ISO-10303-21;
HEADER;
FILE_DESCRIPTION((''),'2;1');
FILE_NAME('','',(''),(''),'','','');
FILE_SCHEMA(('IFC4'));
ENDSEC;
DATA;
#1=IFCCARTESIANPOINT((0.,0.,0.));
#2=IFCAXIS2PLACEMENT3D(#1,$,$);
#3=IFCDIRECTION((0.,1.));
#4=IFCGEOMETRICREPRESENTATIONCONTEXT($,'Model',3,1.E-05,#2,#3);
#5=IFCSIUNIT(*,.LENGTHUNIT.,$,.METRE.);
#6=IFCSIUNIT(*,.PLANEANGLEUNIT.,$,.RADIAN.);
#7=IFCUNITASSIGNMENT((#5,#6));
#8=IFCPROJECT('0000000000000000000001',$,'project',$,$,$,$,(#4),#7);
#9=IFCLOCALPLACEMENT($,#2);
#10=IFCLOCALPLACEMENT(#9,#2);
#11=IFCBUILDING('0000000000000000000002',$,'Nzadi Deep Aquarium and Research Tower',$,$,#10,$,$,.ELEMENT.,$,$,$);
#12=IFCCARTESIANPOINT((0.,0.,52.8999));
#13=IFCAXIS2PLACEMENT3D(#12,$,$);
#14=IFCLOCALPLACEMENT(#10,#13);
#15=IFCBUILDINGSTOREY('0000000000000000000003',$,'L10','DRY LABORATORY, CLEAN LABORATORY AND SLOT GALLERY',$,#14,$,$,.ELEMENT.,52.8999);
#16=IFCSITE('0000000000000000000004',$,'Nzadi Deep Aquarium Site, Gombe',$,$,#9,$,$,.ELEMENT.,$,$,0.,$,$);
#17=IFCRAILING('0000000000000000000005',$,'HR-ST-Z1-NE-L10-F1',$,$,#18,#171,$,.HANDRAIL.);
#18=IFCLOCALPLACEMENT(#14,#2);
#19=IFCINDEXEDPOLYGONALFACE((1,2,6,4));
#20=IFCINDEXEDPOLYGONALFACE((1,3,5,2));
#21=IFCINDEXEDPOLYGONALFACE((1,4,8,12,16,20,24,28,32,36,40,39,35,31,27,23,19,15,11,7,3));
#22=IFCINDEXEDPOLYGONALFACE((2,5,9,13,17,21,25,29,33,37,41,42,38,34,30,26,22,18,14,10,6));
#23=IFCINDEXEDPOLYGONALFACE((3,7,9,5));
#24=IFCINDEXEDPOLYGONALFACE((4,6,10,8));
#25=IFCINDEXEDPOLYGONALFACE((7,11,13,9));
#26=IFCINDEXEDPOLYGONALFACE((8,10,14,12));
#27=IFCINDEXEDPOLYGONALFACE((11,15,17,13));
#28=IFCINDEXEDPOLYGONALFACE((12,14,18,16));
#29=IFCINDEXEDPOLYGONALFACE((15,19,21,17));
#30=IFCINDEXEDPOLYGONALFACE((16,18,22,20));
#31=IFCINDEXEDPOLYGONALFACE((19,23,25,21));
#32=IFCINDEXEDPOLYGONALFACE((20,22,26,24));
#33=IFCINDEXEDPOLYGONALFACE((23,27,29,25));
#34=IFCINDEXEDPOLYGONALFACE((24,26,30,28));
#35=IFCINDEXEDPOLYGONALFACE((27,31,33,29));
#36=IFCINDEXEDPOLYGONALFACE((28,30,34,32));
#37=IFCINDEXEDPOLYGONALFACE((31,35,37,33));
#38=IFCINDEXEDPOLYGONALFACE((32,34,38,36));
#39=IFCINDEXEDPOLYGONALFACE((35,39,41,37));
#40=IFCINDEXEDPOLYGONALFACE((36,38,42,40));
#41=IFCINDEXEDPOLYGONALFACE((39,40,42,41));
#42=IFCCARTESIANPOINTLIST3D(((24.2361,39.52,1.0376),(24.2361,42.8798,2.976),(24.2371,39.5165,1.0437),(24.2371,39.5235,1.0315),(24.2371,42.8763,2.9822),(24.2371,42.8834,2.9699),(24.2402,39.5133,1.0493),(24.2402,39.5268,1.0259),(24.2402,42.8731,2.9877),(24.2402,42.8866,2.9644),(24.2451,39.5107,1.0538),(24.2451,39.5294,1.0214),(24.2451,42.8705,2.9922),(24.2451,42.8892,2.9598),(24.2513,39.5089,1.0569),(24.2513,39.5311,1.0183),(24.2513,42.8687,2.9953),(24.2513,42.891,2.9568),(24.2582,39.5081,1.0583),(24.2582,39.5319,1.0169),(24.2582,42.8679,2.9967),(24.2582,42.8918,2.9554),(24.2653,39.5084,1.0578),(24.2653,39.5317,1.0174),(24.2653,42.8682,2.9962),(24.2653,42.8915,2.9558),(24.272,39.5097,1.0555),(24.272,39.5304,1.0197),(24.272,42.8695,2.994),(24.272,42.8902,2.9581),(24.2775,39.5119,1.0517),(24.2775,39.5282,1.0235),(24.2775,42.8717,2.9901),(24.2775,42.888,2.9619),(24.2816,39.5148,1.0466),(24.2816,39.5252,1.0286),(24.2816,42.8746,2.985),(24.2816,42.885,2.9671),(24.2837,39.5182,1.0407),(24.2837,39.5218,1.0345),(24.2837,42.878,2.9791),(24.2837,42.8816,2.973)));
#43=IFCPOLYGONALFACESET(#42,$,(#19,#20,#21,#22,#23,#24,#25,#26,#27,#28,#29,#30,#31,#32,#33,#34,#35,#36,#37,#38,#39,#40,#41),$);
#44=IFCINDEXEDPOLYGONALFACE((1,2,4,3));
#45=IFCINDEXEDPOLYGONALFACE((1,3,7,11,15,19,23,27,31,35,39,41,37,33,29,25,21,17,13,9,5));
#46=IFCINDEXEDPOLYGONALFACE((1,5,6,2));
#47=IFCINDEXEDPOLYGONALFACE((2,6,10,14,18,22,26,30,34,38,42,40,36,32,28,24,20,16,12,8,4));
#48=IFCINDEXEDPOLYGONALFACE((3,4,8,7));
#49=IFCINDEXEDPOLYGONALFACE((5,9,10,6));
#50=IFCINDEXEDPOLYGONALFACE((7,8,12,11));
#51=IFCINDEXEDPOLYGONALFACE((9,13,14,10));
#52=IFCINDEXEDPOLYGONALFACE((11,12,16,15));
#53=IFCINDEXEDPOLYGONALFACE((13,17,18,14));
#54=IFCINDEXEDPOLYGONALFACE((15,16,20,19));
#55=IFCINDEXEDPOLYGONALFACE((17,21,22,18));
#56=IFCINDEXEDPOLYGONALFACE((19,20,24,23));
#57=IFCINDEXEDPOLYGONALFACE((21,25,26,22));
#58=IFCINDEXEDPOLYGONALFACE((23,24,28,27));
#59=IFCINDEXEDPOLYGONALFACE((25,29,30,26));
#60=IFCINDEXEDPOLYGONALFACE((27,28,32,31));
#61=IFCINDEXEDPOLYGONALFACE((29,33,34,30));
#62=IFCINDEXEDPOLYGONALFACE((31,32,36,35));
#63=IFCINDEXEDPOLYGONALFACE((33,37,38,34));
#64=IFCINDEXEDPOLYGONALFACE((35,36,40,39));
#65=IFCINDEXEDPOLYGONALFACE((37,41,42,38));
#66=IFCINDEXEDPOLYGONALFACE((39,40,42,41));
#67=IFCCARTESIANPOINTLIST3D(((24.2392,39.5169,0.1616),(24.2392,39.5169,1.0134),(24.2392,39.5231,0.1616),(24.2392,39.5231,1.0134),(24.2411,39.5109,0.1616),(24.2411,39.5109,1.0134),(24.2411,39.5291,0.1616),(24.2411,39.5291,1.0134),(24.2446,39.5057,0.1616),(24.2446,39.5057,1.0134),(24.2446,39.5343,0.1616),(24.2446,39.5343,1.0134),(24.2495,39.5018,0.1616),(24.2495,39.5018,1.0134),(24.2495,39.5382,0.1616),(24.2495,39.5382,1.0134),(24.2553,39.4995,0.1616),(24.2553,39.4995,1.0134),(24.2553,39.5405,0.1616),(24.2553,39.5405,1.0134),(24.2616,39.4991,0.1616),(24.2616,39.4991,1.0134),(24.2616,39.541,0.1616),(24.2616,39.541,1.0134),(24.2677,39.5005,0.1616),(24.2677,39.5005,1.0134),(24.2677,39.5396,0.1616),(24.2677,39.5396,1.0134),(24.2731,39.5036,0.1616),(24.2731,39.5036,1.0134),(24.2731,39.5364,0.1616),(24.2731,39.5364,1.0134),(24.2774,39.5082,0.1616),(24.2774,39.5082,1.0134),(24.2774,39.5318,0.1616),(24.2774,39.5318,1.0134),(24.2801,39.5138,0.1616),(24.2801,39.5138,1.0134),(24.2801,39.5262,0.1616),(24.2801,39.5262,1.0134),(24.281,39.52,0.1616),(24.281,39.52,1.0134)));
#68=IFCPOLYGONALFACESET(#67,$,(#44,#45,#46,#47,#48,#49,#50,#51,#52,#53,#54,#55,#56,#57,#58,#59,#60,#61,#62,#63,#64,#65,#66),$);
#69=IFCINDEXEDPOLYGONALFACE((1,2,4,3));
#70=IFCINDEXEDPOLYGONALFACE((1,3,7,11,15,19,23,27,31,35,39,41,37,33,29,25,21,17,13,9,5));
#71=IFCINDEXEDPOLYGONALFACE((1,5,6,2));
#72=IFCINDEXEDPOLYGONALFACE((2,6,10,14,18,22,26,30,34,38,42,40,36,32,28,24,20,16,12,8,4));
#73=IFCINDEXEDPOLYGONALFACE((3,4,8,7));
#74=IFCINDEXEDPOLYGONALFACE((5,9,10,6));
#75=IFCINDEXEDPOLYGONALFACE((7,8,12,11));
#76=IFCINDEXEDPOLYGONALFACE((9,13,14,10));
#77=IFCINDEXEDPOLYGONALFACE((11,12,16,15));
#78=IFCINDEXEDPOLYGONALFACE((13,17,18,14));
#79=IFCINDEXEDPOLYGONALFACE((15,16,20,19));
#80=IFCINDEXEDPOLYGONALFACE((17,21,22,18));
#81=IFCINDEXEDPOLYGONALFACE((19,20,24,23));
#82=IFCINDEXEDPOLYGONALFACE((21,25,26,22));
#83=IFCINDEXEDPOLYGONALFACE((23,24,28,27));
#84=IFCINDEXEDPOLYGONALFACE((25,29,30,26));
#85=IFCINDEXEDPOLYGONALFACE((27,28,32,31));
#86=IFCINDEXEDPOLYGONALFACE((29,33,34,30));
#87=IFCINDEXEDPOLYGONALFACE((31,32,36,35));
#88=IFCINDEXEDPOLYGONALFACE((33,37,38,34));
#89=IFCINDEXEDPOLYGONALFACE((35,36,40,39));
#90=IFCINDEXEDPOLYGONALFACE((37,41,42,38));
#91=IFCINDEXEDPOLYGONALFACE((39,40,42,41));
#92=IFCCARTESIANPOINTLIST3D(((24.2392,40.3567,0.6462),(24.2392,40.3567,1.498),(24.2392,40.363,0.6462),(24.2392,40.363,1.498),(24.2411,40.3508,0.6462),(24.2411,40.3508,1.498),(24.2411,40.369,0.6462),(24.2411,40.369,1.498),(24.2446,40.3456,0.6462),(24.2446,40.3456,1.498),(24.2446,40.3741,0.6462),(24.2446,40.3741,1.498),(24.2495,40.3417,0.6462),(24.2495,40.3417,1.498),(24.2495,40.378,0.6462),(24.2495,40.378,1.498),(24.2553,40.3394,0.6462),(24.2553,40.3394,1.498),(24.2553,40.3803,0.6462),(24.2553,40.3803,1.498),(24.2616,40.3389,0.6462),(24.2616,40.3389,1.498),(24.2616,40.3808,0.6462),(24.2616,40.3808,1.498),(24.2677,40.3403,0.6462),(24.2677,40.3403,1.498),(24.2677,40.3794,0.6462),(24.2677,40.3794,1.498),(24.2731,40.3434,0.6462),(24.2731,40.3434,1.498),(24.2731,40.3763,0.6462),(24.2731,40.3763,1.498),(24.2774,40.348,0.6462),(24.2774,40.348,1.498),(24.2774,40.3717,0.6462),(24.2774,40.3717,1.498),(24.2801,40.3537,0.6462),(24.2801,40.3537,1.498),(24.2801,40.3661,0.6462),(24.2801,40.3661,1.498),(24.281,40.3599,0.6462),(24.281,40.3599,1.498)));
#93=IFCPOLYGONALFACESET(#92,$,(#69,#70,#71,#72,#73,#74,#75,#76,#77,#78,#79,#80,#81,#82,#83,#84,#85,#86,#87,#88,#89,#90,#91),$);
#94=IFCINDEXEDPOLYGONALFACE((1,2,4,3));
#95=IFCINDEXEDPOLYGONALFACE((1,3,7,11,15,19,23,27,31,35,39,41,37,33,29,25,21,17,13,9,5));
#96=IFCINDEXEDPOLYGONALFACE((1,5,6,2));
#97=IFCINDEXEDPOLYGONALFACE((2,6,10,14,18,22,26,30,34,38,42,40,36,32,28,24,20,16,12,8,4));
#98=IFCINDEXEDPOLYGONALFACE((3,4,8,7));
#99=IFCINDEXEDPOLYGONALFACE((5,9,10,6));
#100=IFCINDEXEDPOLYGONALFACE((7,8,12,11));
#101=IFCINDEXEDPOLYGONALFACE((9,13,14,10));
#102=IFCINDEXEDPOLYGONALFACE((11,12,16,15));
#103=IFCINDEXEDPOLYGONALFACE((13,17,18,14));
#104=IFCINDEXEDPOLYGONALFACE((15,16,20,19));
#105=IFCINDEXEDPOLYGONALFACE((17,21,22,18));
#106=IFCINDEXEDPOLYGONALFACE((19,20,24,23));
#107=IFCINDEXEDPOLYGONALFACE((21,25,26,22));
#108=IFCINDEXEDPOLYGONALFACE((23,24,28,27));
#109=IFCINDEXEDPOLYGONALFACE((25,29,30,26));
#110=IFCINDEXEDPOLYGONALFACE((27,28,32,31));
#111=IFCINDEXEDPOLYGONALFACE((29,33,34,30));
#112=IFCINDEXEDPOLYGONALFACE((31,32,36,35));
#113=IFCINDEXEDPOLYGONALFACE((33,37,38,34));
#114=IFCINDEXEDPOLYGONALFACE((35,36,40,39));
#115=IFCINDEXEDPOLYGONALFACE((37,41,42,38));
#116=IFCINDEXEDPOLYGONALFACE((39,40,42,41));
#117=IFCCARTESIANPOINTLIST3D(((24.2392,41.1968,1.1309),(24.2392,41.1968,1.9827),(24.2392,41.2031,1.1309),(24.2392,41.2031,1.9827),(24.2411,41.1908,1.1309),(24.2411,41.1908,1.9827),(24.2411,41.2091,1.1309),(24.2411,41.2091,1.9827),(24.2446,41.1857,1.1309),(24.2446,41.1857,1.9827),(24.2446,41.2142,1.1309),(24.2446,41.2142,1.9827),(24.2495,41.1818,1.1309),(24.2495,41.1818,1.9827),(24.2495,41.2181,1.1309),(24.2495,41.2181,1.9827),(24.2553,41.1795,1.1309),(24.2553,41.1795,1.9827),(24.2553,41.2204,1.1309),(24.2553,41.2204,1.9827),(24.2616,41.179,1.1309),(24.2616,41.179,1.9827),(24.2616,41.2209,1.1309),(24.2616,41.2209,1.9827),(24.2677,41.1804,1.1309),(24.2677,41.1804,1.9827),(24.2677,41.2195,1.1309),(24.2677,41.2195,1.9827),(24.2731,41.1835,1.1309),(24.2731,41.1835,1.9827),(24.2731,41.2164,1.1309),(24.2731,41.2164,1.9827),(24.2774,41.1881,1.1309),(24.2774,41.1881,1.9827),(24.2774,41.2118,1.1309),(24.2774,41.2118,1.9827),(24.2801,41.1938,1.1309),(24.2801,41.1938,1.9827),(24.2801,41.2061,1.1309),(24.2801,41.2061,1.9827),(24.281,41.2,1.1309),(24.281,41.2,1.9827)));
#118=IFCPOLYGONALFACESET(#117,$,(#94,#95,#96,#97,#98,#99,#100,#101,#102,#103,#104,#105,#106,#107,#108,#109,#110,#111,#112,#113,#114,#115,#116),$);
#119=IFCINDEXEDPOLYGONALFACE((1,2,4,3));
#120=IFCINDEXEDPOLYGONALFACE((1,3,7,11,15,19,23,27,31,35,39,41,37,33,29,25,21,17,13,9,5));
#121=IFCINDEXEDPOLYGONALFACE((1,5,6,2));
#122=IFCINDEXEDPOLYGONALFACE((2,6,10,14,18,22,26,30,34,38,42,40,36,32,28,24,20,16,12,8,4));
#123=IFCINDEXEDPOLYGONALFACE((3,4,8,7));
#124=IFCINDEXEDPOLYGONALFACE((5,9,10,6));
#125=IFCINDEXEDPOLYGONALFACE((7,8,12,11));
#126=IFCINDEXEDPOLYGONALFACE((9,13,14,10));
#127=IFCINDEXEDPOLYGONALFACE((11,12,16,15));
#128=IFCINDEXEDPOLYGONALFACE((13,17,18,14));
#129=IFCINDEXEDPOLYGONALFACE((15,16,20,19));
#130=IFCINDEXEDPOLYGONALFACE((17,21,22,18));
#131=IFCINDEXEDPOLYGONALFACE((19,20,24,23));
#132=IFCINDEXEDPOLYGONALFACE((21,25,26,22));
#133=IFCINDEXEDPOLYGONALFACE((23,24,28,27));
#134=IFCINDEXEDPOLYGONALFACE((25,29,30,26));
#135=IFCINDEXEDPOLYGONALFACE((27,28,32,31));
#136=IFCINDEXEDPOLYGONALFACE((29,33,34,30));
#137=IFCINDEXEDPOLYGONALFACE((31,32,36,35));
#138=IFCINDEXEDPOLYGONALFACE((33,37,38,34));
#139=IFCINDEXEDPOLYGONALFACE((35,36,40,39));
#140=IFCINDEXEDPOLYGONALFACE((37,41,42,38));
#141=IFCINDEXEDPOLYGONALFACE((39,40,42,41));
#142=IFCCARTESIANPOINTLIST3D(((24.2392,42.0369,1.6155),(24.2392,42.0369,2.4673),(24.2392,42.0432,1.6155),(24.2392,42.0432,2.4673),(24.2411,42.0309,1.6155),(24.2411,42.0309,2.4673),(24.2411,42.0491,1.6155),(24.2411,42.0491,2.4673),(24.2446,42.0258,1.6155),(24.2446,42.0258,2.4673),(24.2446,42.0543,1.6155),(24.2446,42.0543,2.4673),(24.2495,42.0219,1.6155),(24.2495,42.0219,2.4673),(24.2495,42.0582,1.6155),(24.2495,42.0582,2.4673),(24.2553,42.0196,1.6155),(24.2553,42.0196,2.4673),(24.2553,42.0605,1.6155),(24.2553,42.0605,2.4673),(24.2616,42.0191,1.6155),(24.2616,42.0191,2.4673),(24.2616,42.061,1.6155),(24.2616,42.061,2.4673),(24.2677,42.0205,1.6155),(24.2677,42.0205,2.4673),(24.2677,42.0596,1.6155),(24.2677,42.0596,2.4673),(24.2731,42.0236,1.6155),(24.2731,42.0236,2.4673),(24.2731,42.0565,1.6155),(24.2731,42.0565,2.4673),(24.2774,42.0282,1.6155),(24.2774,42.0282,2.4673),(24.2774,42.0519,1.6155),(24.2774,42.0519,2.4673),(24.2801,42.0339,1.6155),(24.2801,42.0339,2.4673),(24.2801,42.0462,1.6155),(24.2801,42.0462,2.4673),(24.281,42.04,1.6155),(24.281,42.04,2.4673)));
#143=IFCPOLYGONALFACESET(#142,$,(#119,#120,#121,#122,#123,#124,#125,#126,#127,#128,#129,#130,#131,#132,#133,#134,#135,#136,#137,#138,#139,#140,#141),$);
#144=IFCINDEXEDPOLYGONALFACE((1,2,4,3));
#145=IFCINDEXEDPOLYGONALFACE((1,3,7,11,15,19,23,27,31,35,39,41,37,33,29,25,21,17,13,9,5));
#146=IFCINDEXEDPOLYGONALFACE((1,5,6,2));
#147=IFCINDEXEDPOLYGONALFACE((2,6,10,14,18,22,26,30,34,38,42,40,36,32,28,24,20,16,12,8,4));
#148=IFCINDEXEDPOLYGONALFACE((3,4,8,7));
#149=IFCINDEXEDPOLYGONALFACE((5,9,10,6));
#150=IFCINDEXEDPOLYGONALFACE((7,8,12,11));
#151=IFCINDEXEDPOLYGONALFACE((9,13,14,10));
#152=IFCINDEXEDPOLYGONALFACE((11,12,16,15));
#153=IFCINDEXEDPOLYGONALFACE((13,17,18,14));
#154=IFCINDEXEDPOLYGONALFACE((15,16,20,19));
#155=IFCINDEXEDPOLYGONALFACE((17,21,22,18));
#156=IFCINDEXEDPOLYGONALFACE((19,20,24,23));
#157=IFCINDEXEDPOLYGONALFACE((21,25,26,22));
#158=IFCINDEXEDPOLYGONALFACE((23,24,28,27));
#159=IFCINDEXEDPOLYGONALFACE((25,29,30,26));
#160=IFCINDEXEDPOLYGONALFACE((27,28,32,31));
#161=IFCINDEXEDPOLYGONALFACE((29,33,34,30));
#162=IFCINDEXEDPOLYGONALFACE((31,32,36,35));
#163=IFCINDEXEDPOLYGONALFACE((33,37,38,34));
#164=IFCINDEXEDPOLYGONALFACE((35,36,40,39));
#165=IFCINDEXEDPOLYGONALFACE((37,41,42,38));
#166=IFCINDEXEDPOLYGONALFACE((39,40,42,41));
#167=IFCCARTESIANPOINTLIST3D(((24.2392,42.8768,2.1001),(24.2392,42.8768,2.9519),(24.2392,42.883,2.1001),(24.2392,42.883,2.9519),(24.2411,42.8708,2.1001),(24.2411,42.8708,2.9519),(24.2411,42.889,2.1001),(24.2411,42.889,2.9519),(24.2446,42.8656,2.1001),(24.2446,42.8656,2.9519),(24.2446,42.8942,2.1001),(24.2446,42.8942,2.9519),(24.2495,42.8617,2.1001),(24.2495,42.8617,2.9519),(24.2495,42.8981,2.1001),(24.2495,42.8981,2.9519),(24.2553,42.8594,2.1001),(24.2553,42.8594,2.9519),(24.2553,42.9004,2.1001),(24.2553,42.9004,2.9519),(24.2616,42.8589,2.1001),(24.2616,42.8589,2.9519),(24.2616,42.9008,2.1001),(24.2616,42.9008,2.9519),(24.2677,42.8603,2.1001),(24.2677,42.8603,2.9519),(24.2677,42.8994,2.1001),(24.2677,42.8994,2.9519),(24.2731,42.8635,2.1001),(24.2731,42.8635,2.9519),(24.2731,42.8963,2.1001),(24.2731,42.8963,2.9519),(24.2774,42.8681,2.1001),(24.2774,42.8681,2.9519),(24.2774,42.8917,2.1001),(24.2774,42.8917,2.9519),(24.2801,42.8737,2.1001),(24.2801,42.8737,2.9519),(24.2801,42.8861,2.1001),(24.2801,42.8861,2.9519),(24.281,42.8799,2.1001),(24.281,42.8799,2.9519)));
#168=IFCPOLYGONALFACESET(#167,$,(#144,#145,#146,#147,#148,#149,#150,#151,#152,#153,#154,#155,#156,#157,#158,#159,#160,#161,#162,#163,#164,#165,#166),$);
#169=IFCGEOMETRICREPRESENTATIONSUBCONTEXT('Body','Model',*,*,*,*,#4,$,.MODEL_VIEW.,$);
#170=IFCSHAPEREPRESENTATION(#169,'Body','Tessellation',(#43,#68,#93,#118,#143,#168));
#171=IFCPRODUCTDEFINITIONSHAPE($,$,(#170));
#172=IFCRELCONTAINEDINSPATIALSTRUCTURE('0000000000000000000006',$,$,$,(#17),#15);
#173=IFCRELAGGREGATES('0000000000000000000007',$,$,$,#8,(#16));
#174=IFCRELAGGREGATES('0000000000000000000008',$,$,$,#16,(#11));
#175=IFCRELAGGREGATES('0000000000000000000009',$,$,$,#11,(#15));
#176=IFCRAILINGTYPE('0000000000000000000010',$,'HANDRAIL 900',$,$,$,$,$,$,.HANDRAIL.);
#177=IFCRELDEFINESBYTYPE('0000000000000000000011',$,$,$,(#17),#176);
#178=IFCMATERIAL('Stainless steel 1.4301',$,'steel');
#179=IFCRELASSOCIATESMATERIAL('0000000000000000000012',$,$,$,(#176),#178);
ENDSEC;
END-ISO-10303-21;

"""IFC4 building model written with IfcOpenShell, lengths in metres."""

from ifc_helpers import new_model, si_unit, direction, frame, origin, origin_2d, place, context, subcontext, project, spatial, circle, extrude, material, type_object, element, save


model = new_model("IFC4")

# Units and contexts
model_context = context("Model", 3, precision=1e-05, world=origin(), true_north=direction((0.0, 1.0)))
body_context = subcontext(model_context, "Body", "Model", "MODEL_VIEW")
ifc_project = project(units=[si_unit("LENGTHUNIT", "METRE"), si_unit("PLANEANGLEUNIT", "RADIAN")], contexts=[model_context])

# Site, building, storey
site_placement = place(None, origin())
site = spatial("IfcSite", under=ifc_project, at=site_placement, Name="Nzadi Deep Aquarium Site, Gombe", CompositionType="ELEMENT", RefElevation=0.0)
building_placement = place(site_placement, origin())
building = spatial("IfcBuilding", under=site, at=building_placement, Name="Nzadi Deep Aquarium and Research Tower", CompositionType="ELEMENT")
storey_placement = place(building_placement, frame((0.0, 0.0, 52.8999)))
storey = spatial("IfcBuildingStorey", under=building, at=storey_placement, Name="L10", Description="DRY LABORATORY, CLEAN LABORATORY AND SLOT GALLERY", CompositionType="ELEMENT", Elevation=52.8999)

# Railing
ifc_material_1 = material(Name="Stainless steel 1.4301", Category="steel")
railing_type = type_object("IfcRailingType", Name="HANDRAIL 900", PredefinedType="HANDRAIL", material=ifc_material_1)
for number, where, name in (
    (1, (24.26, 39.52, 0.1616), "HR-ST-Z1-NE-L10-F1"),
):
    element("IfcRailing", number, at=place(storey_placement, frame(where)), inside=storey, type_object=railing_type, Name=name, PredefinedType="HANDRAIL", context=body_context, shape_type="SweptSolid", body=[
        extrude(circle(Radius=0.0239, at=origin_2d()), frame((0.0, 0.0, 0.876), z_axis=(0.0, 0.866175, 0.499741), x_axis=(-1.0, 0.0, 0.0)), (0.0, 0.0, 1.0), 3.8789),
        extrude(circle(Radius=0.021, at=origin_2d()), origin(), (0.0, 0.0, 1.0), 0.8518),
        extrude(circle(Radius=0.021, at=origin_2d()), frame((0.0, 0.8398, 0.4846)), (0.0, 0.0, 1.0), 0.8518),
        extrude(circle(Radius=0.021, at=origin_2d()), frame((0.0, 1.6799, 0.9692)), (0.0, 0.0, 1.0), 0.8518),
        extrude(circle(Radius=0.021, at=origin_2d()), frame((0.0, 2.52, 1.4539)), (0.0, 0.0, 1.0), 0.8518),
        extrude(circle(Radius=0.021, at=origin_2d()), frame((0.0, 3.3599, 1.9385)), (0.0, 0.0, 1.0), 0.8518),
    ])

save(model, "model.ifc")
